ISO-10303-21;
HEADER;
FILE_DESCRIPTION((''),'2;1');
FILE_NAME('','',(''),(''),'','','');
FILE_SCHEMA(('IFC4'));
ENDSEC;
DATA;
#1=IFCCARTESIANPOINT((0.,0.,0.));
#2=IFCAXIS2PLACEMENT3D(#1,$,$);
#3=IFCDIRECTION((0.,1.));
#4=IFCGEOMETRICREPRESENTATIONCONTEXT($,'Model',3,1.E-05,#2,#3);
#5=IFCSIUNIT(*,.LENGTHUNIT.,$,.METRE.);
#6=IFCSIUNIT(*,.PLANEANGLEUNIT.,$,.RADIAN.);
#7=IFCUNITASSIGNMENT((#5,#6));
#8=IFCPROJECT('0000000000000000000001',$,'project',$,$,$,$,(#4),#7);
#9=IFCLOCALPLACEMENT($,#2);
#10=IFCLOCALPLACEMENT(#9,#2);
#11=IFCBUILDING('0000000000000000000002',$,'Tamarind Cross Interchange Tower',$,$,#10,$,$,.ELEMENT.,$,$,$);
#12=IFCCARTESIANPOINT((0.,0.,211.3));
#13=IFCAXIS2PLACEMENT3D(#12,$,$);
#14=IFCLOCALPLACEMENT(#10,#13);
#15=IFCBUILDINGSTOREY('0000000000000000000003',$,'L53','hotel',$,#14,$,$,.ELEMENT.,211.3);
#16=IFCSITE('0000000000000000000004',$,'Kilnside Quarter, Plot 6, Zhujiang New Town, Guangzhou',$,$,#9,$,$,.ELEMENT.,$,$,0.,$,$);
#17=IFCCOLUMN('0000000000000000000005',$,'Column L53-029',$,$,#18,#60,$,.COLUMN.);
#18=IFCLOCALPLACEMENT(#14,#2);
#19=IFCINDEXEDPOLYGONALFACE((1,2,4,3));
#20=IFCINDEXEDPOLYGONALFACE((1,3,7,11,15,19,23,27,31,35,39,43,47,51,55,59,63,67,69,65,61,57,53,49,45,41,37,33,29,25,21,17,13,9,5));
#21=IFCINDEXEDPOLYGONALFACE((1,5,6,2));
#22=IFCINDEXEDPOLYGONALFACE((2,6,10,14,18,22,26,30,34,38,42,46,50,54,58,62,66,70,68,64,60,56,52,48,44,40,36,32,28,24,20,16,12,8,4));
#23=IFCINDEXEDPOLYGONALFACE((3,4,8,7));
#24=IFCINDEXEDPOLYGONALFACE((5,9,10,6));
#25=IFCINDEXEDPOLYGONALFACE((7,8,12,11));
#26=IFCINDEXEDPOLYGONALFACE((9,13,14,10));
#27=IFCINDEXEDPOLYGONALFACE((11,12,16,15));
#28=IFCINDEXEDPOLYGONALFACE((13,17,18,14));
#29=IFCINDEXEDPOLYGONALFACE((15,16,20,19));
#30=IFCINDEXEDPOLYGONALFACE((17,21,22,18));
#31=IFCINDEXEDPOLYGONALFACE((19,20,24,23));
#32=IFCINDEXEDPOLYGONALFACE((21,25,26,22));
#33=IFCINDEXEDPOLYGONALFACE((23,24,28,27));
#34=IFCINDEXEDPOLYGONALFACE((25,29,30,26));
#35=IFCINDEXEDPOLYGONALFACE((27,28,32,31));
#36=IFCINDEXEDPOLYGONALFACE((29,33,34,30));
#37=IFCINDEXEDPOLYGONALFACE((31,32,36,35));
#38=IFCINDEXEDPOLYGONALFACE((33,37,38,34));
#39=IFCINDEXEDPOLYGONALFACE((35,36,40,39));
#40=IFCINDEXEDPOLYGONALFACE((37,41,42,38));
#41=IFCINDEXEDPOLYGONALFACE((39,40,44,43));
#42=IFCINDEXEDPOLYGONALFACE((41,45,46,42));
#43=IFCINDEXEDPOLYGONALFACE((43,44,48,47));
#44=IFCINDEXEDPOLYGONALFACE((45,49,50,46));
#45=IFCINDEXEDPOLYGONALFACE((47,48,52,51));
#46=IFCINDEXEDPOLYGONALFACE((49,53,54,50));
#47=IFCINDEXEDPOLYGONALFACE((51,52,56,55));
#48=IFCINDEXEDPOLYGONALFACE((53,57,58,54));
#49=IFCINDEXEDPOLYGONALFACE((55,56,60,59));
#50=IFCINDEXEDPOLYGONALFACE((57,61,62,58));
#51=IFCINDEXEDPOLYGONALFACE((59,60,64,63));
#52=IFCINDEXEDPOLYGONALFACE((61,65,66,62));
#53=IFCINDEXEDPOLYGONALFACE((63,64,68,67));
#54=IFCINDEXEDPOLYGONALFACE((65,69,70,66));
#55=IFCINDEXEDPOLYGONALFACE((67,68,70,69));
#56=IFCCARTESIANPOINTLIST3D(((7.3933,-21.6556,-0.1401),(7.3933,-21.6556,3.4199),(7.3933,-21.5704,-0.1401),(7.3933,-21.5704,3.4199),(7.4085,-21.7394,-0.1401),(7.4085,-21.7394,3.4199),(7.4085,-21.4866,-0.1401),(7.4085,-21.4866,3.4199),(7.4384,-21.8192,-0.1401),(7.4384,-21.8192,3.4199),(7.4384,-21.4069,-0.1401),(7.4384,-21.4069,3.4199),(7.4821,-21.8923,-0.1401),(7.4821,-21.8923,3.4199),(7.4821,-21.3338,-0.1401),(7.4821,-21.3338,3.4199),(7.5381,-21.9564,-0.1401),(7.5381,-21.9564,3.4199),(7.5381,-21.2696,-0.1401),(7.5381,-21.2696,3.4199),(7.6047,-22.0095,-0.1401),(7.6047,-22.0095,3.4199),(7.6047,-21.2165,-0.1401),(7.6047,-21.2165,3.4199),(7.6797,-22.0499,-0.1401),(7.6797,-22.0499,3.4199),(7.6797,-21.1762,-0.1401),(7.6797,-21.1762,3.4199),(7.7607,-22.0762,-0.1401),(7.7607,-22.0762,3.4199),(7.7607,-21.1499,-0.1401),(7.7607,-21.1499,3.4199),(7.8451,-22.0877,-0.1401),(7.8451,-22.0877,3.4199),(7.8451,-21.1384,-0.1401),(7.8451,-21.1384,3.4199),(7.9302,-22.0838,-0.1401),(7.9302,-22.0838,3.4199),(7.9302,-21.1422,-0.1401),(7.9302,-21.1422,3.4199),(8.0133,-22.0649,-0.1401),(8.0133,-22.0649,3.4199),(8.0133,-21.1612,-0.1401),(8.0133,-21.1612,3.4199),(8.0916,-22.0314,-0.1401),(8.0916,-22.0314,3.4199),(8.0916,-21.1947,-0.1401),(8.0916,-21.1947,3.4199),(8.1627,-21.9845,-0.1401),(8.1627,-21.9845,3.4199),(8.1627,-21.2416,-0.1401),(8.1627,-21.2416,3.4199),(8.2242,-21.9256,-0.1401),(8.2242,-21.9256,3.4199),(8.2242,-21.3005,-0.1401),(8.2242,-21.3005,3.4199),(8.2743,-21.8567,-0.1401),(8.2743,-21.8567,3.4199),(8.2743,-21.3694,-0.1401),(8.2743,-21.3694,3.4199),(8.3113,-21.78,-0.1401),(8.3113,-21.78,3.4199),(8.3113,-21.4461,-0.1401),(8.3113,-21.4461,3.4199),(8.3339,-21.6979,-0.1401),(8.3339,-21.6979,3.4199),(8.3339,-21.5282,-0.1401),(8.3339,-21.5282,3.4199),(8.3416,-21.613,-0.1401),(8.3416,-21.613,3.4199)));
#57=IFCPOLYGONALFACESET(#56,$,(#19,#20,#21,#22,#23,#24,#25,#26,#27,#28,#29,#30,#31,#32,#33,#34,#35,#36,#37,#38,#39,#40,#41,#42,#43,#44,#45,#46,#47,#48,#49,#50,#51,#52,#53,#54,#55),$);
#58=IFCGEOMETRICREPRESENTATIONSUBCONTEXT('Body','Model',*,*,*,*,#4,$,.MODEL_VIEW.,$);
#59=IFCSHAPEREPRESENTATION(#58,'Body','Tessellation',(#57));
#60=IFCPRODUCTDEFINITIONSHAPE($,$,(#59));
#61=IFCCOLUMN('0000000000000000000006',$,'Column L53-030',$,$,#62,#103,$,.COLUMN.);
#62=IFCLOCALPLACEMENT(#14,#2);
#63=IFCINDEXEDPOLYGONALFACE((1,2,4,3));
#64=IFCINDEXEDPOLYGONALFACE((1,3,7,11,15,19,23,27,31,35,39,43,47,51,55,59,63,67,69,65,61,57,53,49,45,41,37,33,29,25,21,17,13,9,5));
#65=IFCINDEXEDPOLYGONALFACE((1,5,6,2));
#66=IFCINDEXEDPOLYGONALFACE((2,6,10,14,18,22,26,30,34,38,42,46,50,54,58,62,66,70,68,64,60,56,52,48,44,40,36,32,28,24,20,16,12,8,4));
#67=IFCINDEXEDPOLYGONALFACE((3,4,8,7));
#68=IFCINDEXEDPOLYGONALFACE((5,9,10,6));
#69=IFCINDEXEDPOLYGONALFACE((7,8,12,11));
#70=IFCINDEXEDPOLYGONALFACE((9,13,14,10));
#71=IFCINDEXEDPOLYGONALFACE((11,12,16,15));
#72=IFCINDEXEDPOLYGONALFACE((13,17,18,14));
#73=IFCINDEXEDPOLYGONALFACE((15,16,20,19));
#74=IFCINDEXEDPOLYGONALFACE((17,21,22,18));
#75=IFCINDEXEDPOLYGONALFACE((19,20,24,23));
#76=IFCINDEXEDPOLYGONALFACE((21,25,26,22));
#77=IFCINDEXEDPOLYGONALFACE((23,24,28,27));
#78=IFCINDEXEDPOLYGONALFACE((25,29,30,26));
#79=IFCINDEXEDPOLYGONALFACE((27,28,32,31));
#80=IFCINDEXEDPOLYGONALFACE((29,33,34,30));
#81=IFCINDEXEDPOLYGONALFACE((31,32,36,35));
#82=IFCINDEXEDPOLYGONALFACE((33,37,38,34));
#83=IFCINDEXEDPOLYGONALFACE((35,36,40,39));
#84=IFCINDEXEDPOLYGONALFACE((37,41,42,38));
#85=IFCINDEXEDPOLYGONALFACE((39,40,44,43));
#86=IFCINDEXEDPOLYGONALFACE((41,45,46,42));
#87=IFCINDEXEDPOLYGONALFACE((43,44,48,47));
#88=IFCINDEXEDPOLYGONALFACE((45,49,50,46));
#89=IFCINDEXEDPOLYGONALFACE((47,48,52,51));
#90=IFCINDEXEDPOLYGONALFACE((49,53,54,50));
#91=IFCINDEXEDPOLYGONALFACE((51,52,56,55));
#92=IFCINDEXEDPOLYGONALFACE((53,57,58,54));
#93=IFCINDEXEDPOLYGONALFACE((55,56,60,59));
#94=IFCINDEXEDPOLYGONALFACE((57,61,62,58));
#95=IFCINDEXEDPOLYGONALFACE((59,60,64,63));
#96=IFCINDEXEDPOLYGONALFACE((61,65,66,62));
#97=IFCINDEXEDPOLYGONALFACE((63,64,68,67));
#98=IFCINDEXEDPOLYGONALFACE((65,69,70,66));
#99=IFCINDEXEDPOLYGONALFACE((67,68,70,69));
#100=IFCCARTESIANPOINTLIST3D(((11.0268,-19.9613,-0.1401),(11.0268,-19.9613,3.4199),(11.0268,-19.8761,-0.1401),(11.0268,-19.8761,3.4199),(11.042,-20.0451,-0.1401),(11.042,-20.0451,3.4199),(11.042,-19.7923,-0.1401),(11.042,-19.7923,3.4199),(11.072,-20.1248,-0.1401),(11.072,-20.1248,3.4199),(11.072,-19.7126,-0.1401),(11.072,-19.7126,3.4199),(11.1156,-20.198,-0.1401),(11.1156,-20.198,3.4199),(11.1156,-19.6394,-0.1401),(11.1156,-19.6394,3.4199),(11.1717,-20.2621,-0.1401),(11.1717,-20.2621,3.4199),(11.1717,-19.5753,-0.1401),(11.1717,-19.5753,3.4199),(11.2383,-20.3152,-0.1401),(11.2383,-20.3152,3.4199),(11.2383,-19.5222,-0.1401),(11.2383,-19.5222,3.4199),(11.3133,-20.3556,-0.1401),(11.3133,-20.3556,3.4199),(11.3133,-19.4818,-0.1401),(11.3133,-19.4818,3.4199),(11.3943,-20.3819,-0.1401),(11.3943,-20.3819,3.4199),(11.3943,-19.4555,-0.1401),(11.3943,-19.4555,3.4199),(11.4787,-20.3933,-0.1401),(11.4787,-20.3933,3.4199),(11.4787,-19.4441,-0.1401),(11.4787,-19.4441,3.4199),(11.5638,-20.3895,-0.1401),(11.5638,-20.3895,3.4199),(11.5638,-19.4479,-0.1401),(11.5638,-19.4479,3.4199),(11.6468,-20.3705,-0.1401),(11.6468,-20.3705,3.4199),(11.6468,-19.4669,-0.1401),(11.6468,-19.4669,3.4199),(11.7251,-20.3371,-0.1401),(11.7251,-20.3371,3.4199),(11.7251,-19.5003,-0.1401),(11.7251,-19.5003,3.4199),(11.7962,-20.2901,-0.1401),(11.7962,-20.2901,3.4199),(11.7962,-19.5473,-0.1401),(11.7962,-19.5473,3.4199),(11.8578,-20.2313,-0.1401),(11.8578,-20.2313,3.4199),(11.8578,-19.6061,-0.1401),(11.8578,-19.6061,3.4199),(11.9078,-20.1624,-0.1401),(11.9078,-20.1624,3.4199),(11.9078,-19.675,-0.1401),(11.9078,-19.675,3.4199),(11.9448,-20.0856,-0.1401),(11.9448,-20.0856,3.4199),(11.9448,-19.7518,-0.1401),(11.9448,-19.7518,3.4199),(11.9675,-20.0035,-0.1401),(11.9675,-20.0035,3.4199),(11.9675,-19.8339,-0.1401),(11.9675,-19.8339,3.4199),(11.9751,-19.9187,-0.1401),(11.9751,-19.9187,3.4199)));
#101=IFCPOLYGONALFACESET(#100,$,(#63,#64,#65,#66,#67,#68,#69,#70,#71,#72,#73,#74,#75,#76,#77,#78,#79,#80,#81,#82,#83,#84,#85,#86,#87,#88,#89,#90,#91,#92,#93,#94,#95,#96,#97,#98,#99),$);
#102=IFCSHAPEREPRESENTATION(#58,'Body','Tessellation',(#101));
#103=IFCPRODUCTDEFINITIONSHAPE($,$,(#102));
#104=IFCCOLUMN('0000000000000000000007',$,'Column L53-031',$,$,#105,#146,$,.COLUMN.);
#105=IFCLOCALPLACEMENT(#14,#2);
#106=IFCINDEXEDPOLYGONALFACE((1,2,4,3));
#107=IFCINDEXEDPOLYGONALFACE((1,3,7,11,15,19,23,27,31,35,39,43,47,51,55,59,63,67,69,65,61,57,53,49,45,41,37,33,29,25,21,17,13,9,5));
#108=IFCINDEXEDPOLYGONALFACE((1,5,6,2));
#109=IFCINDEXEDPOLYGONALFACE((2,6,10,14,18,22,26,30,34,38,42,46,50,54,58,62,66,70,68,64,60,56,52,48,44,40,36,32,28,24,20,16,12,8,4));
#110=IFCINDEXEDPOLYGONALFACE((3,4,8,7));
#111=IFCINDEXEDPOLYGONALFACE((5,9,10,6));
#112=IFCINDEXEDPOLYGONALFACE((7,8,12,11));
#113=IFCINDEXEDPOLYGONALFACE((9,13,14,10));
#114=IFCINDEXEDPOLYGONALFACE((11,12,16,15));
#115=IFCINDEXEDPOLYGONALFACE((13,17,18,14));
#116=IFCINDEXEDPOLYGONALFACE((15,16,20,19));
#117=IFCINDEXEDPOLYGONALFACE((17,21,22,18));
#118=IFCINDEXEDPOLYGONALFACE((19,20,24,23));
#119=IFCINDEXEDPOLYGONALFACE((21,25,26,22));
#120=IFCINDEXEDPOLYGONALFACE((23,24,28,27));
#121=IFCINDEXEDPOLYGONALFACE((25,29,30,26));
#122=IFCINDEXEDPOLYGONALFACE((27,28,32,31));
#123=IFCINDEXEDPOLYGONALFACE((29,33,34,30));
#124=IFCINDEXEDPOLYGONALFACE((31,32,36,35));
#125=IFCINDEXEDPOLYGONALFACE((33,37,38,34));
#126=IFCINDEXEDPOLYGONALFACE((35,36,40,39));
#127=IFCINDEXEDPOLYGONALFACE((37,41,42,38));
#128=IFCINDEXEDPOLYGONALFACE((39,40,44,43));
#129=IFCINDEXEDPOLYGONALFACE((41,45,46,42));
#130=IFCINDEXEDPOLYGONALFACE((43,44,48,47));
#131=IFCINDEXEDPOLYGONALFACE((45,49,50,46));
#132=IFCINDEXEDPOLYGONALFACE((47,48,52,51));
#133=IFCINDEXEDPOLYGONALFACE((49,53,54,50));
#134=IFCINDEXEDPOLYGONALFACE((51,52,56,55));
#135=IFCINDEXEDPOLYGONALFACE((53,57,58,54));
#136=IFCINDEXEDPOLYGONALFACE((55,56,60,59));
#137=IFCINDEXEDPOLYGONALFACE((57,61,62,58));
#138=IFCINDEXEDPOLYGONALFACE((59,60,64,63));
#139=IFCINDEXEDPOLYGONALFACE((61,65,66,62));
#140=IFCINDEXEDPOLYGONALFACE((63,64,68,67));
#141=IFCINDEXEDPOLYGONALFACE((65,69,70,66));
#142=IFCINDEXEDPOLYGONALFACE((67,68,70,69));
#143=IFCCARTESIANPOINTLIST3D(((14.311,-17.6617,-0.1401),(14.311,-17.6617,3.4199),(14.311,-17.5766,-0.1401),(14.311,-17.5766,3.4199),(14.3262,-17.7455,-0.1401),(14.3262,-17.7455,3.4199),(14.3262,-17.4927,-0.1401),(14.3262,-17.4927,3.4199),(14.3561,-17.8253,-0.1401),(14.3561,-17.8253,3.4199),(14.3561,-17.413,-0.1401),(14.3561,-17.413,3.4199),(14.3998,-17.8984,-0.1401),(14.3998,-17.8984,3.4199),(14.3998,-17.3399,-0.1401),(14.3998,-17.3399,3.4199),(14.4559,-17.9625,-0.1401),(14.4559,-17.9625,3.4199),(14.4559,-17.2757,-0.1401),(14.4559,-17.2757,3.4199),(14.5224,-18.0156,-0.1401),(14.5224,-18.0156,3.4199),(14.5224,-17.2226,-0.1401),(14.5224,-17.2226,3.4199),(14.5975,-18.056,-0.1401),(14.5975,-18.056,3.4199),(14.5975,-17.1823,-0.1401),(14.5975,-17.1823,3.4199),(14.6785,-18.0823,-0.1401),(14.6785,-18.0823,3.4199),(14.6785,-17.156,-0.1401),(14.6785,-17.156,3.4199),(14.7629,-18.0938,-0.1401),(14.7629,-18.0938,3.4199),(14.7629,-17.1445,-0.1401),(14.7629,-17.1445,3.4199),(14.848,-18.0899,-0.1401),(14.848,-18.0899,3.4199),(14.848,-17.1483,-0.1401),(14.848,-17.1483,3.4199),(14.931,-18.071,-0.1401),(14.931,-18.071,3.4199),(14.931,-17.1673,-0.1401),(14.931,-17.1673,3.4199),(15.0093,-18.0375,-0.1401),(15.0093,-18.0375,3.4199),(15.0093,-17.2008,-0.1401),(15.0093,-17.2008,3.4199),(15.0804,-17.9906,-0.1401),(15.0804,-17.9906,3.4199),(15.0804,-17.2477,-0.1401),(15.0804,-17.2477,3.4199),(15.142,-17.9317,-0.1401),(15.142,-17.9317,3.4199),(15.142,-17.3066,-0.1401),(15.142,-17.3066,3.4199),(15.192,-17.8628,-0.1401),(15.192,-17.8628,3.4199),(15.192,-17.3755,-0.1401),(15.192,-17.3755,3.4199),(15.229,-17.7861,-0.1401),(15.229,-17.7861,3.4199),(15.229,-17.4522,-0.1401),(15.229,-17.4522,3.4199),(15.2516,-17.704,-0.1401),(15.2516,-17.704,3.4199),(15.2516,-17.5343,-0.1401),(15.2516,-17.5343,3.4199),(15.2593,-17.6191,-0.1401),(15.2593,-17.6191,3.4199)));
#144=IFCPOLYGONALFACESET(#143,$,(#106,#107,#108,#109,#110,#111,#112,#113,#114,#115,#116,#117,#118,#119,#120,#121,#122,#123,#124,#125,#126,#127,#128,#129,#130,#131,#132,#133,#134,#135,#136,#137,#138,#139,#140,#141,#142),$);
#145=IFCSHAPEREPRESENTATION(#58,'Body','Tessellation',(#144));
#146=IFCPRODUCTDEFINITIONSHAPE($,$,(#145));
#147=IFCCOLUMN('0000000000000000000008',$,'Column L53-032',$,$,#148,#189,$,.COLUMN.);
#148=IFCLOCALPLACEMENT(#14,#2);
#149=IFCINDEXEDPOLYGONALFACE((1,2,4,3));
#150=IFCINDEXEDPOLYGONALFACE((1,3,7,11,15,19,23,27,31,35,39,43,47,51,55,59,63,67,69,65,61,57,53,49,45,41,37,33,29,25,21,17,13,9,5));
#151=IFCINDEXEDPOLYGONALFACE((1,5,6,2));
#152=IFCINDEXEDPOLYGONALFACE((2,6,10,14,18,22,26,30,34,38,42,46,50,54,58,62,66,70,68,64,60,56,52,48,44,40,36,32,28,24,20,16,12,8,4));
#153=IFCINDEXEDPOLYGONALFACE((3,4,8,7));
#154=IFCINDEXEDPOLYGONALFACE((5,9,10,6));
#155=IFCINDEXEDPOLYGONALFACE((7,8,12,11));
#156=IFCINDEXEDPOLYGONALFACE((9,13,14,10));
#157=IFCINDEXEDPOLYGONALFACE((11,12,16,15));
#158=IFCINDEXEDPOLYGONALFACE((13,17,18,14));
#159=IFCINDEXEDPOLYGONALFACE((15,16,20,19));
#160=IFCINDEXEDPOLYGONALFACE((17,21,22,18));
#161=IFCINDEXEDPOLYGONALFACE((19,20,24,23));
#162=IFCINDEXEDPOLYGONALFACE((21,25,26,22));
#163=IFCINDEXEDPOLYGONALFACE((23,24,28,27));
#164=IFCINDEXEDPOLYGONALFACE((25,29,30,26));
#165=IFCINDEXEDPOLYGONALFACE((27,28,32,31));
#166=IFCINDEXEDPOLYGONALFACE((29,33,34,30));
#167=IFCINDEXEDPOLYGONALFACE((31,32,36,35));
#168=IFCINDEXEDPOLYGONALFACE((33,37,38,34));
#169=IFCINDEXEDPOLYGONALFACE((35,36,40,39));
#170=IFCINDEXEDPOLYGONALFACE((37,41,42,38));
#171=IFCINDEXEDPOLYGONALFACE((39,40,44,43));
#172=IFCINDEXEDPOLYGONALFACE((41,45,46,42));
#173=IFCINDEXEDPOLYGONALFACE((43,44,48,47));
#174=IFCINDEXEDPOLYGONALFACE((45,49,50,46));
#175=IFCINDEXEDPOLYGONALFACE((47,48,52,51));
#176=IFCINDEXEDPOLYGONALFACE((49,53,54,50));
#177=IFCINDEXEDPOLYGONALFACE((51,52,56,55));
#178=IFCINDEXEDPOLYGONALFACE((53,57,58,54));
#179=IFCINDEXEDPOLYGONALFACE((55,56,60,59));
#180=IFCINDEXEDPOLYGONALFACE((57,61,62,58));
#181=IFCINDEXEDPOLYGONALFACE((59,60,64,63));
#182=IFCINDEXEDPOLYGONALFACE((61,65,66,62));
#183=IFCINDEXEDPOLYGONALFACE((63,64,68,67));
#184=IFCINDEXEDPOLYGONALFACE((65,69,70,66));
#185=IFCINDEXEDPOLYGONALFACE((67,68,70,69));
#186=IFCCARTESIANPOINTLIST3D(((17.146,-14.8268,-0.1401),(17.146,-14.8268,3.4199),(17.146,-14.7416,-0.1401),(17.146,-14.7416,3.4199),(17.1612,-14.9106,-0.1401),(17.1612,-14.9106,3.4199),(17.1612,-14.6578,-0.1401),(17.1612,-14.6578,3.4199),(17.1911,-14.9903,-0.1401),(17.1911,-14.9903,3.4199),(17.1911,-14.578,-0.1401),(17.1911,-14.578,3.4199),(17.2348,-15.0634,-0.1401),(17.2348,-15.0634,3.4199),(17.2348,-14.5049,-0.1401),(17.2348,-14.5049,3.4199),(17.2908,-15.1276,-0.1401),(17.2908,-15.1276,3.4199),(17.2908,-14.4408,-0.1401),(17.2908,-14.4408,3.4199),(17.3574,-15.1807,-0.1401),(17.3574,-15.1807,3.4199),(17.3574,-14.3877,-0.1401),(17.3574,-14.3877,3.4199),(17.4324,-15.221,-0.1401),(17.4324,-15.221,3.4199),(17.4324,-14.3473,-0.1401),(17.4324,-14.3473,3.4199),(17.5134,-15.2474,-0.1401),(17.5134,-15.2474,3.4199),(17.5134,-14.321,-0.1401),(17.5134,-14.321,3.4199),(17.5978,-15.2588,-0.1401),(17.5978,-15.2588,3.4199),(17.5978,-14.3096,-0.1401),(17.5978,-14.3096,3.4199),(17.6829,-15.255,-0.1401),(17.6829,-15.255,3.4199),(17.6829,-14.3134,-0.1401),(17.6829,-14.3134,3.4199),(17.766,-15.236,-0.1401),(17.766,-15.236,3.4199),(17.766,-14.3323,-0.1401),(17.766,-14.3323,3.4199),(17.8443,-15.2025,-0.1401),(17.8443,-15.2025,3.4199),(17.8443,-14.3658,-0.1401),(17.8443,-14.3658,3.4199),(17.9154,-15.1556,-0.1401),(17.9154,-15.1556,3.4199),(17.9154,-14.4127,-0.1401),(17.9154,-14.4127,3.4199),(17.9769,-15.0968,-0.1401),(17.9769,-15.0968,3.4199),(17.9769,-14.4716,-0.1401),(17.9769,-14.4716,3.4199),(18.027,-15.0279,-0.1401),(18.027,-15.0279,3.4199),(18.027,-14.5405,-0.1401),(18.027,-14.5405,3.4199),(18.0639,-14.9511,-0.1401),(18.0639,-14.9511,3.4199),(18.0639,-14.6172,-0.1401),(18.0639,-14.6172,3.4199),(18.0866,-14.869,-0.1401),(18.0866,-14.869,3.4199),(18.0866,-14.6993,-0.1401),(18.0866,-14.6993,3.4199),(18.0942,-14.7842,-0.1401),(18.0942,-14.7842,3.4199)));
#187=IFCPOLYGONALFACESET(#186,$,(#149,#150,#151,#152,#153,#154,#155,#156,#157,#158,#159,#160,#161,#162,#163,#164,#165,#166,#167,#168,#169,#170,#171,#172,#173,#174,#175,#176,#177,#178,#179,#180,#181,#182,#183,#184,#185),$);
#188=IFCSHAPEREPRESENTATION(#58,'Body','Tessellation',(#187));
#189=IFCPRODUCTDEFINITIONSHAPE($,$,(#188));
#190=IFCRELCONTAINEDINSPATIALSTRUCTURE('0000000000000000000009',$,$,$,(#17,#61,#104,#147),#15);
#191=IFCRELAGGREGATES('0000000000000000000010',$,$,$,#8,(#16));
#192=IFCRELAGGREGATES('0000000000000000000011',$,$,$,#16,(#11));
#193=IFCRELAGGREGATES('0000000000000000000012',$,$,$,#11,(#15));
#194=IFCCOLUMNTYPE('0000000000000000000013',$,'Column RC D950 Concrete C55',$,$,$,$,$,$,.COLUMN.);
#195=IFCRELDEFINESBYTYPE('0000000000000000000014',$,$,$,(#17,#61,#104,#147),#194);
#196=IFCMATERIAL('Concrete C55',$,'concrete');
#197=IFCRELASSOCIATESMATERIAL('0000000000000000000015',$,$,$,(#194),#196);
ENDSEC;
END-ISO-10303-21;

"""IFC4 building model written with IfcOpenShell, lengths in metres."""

from ifc_helpers import new_model, si_unit, direction, frame, origin, origin_2d, place, context, subcontext, project, spatial, circle, extrude, material, material_profile, profile_set, type_object, element, save


model = new_model("IFC4")

# Units and contexts
model_context = context("Model", 3, precision=1e-05, world=origin(), true_north=direction((0.0, 1.0)))
body_context = subcontext(model_context, "Body", "Model", "MODEL_VIEW")
ifc_project = project(units=[si_unit("LENGTHUNIT", "METRE"), si_unit("PLANEANGLEUNIT", "RADIAN")], contexts=[model_context])

# Site, building, storey
site_placement = place(None, origin())
site = spatial("IfcSite", under=ifc_project, at=site_placement, Name="Kilnside Quarter, Plot 6, Zhujiang New Town, Guangzhou", CompositionType="ELEMENT", RefElevation=0.0)
building_placement = place(site_placement, origin())
building = spatial("IfcBuilding", under=site, at=building_placement, Name="Tamarind Cross Interchange Tower", CompositionType="ELEMENT")
storey_placement = place(building_placement, frame((0.0, 0.0, 211.3)))
storey = spatial("IfcBuildingStorey", under=building, at=storey_placement, Name="L53", Description="hotel", CompositionType="ELEMENT", Elevation=211.3)

# Columns
ifc_material_1 = material(Name="Concrete C55", Category="concrete")
ifc_material_profile_1 = material_profile(ifc_material_1, circle(Radius=0.4751, at=origin_2d()), Name="RC D950")
ifc_profile_set_1 = profile_set([ifc_material_profile_1], Name="Concrete C55")
column_type = type_object("IfcColumnType", Name="Column RC D950 Concrete C55", PredefinedType="COLUMN", material=ifc_profile_set_1)
for number, where, z_axis, x_axis, name in (
    (1, (7.8665, -21.613, -0.1401), (0.0, 0.0, 1.0), (1.0, 0.0, 0.0), "Column L53-029"),
    (2, (11.5, -19.9187, -0.1401), (0.0, 0.0, 1.0), (1.0, 0.0, 0.0), "Column L53-030"),
    (3, (14.7842, -17.6191, -0.1401), (0.0, 0.0, 1.0), (1.0, 0.0, 0.0), "Column L53-031"),
    (4, (17.6191, -14.7842, -0.1401), (0.0, 0.0, 1.0), (1.0, 0.0, 0.0), "Column L53-032"),
):
    element("IfcColumn", number, at=place(storey_placement, frame(where, z_axis=z_axis, x_axis=x_axis)), inside=storey, type_object=column_type, Name=name, PredefinedType="COLUMN", context=body_context, shape_type="SweptSolid", body=[
        extrude(circle(Radius=0.4751, at=origin_2d()), origin(), (0.0, 0.0, 1.0), 3.5601),
    ])

save(model, "model.ifc")
